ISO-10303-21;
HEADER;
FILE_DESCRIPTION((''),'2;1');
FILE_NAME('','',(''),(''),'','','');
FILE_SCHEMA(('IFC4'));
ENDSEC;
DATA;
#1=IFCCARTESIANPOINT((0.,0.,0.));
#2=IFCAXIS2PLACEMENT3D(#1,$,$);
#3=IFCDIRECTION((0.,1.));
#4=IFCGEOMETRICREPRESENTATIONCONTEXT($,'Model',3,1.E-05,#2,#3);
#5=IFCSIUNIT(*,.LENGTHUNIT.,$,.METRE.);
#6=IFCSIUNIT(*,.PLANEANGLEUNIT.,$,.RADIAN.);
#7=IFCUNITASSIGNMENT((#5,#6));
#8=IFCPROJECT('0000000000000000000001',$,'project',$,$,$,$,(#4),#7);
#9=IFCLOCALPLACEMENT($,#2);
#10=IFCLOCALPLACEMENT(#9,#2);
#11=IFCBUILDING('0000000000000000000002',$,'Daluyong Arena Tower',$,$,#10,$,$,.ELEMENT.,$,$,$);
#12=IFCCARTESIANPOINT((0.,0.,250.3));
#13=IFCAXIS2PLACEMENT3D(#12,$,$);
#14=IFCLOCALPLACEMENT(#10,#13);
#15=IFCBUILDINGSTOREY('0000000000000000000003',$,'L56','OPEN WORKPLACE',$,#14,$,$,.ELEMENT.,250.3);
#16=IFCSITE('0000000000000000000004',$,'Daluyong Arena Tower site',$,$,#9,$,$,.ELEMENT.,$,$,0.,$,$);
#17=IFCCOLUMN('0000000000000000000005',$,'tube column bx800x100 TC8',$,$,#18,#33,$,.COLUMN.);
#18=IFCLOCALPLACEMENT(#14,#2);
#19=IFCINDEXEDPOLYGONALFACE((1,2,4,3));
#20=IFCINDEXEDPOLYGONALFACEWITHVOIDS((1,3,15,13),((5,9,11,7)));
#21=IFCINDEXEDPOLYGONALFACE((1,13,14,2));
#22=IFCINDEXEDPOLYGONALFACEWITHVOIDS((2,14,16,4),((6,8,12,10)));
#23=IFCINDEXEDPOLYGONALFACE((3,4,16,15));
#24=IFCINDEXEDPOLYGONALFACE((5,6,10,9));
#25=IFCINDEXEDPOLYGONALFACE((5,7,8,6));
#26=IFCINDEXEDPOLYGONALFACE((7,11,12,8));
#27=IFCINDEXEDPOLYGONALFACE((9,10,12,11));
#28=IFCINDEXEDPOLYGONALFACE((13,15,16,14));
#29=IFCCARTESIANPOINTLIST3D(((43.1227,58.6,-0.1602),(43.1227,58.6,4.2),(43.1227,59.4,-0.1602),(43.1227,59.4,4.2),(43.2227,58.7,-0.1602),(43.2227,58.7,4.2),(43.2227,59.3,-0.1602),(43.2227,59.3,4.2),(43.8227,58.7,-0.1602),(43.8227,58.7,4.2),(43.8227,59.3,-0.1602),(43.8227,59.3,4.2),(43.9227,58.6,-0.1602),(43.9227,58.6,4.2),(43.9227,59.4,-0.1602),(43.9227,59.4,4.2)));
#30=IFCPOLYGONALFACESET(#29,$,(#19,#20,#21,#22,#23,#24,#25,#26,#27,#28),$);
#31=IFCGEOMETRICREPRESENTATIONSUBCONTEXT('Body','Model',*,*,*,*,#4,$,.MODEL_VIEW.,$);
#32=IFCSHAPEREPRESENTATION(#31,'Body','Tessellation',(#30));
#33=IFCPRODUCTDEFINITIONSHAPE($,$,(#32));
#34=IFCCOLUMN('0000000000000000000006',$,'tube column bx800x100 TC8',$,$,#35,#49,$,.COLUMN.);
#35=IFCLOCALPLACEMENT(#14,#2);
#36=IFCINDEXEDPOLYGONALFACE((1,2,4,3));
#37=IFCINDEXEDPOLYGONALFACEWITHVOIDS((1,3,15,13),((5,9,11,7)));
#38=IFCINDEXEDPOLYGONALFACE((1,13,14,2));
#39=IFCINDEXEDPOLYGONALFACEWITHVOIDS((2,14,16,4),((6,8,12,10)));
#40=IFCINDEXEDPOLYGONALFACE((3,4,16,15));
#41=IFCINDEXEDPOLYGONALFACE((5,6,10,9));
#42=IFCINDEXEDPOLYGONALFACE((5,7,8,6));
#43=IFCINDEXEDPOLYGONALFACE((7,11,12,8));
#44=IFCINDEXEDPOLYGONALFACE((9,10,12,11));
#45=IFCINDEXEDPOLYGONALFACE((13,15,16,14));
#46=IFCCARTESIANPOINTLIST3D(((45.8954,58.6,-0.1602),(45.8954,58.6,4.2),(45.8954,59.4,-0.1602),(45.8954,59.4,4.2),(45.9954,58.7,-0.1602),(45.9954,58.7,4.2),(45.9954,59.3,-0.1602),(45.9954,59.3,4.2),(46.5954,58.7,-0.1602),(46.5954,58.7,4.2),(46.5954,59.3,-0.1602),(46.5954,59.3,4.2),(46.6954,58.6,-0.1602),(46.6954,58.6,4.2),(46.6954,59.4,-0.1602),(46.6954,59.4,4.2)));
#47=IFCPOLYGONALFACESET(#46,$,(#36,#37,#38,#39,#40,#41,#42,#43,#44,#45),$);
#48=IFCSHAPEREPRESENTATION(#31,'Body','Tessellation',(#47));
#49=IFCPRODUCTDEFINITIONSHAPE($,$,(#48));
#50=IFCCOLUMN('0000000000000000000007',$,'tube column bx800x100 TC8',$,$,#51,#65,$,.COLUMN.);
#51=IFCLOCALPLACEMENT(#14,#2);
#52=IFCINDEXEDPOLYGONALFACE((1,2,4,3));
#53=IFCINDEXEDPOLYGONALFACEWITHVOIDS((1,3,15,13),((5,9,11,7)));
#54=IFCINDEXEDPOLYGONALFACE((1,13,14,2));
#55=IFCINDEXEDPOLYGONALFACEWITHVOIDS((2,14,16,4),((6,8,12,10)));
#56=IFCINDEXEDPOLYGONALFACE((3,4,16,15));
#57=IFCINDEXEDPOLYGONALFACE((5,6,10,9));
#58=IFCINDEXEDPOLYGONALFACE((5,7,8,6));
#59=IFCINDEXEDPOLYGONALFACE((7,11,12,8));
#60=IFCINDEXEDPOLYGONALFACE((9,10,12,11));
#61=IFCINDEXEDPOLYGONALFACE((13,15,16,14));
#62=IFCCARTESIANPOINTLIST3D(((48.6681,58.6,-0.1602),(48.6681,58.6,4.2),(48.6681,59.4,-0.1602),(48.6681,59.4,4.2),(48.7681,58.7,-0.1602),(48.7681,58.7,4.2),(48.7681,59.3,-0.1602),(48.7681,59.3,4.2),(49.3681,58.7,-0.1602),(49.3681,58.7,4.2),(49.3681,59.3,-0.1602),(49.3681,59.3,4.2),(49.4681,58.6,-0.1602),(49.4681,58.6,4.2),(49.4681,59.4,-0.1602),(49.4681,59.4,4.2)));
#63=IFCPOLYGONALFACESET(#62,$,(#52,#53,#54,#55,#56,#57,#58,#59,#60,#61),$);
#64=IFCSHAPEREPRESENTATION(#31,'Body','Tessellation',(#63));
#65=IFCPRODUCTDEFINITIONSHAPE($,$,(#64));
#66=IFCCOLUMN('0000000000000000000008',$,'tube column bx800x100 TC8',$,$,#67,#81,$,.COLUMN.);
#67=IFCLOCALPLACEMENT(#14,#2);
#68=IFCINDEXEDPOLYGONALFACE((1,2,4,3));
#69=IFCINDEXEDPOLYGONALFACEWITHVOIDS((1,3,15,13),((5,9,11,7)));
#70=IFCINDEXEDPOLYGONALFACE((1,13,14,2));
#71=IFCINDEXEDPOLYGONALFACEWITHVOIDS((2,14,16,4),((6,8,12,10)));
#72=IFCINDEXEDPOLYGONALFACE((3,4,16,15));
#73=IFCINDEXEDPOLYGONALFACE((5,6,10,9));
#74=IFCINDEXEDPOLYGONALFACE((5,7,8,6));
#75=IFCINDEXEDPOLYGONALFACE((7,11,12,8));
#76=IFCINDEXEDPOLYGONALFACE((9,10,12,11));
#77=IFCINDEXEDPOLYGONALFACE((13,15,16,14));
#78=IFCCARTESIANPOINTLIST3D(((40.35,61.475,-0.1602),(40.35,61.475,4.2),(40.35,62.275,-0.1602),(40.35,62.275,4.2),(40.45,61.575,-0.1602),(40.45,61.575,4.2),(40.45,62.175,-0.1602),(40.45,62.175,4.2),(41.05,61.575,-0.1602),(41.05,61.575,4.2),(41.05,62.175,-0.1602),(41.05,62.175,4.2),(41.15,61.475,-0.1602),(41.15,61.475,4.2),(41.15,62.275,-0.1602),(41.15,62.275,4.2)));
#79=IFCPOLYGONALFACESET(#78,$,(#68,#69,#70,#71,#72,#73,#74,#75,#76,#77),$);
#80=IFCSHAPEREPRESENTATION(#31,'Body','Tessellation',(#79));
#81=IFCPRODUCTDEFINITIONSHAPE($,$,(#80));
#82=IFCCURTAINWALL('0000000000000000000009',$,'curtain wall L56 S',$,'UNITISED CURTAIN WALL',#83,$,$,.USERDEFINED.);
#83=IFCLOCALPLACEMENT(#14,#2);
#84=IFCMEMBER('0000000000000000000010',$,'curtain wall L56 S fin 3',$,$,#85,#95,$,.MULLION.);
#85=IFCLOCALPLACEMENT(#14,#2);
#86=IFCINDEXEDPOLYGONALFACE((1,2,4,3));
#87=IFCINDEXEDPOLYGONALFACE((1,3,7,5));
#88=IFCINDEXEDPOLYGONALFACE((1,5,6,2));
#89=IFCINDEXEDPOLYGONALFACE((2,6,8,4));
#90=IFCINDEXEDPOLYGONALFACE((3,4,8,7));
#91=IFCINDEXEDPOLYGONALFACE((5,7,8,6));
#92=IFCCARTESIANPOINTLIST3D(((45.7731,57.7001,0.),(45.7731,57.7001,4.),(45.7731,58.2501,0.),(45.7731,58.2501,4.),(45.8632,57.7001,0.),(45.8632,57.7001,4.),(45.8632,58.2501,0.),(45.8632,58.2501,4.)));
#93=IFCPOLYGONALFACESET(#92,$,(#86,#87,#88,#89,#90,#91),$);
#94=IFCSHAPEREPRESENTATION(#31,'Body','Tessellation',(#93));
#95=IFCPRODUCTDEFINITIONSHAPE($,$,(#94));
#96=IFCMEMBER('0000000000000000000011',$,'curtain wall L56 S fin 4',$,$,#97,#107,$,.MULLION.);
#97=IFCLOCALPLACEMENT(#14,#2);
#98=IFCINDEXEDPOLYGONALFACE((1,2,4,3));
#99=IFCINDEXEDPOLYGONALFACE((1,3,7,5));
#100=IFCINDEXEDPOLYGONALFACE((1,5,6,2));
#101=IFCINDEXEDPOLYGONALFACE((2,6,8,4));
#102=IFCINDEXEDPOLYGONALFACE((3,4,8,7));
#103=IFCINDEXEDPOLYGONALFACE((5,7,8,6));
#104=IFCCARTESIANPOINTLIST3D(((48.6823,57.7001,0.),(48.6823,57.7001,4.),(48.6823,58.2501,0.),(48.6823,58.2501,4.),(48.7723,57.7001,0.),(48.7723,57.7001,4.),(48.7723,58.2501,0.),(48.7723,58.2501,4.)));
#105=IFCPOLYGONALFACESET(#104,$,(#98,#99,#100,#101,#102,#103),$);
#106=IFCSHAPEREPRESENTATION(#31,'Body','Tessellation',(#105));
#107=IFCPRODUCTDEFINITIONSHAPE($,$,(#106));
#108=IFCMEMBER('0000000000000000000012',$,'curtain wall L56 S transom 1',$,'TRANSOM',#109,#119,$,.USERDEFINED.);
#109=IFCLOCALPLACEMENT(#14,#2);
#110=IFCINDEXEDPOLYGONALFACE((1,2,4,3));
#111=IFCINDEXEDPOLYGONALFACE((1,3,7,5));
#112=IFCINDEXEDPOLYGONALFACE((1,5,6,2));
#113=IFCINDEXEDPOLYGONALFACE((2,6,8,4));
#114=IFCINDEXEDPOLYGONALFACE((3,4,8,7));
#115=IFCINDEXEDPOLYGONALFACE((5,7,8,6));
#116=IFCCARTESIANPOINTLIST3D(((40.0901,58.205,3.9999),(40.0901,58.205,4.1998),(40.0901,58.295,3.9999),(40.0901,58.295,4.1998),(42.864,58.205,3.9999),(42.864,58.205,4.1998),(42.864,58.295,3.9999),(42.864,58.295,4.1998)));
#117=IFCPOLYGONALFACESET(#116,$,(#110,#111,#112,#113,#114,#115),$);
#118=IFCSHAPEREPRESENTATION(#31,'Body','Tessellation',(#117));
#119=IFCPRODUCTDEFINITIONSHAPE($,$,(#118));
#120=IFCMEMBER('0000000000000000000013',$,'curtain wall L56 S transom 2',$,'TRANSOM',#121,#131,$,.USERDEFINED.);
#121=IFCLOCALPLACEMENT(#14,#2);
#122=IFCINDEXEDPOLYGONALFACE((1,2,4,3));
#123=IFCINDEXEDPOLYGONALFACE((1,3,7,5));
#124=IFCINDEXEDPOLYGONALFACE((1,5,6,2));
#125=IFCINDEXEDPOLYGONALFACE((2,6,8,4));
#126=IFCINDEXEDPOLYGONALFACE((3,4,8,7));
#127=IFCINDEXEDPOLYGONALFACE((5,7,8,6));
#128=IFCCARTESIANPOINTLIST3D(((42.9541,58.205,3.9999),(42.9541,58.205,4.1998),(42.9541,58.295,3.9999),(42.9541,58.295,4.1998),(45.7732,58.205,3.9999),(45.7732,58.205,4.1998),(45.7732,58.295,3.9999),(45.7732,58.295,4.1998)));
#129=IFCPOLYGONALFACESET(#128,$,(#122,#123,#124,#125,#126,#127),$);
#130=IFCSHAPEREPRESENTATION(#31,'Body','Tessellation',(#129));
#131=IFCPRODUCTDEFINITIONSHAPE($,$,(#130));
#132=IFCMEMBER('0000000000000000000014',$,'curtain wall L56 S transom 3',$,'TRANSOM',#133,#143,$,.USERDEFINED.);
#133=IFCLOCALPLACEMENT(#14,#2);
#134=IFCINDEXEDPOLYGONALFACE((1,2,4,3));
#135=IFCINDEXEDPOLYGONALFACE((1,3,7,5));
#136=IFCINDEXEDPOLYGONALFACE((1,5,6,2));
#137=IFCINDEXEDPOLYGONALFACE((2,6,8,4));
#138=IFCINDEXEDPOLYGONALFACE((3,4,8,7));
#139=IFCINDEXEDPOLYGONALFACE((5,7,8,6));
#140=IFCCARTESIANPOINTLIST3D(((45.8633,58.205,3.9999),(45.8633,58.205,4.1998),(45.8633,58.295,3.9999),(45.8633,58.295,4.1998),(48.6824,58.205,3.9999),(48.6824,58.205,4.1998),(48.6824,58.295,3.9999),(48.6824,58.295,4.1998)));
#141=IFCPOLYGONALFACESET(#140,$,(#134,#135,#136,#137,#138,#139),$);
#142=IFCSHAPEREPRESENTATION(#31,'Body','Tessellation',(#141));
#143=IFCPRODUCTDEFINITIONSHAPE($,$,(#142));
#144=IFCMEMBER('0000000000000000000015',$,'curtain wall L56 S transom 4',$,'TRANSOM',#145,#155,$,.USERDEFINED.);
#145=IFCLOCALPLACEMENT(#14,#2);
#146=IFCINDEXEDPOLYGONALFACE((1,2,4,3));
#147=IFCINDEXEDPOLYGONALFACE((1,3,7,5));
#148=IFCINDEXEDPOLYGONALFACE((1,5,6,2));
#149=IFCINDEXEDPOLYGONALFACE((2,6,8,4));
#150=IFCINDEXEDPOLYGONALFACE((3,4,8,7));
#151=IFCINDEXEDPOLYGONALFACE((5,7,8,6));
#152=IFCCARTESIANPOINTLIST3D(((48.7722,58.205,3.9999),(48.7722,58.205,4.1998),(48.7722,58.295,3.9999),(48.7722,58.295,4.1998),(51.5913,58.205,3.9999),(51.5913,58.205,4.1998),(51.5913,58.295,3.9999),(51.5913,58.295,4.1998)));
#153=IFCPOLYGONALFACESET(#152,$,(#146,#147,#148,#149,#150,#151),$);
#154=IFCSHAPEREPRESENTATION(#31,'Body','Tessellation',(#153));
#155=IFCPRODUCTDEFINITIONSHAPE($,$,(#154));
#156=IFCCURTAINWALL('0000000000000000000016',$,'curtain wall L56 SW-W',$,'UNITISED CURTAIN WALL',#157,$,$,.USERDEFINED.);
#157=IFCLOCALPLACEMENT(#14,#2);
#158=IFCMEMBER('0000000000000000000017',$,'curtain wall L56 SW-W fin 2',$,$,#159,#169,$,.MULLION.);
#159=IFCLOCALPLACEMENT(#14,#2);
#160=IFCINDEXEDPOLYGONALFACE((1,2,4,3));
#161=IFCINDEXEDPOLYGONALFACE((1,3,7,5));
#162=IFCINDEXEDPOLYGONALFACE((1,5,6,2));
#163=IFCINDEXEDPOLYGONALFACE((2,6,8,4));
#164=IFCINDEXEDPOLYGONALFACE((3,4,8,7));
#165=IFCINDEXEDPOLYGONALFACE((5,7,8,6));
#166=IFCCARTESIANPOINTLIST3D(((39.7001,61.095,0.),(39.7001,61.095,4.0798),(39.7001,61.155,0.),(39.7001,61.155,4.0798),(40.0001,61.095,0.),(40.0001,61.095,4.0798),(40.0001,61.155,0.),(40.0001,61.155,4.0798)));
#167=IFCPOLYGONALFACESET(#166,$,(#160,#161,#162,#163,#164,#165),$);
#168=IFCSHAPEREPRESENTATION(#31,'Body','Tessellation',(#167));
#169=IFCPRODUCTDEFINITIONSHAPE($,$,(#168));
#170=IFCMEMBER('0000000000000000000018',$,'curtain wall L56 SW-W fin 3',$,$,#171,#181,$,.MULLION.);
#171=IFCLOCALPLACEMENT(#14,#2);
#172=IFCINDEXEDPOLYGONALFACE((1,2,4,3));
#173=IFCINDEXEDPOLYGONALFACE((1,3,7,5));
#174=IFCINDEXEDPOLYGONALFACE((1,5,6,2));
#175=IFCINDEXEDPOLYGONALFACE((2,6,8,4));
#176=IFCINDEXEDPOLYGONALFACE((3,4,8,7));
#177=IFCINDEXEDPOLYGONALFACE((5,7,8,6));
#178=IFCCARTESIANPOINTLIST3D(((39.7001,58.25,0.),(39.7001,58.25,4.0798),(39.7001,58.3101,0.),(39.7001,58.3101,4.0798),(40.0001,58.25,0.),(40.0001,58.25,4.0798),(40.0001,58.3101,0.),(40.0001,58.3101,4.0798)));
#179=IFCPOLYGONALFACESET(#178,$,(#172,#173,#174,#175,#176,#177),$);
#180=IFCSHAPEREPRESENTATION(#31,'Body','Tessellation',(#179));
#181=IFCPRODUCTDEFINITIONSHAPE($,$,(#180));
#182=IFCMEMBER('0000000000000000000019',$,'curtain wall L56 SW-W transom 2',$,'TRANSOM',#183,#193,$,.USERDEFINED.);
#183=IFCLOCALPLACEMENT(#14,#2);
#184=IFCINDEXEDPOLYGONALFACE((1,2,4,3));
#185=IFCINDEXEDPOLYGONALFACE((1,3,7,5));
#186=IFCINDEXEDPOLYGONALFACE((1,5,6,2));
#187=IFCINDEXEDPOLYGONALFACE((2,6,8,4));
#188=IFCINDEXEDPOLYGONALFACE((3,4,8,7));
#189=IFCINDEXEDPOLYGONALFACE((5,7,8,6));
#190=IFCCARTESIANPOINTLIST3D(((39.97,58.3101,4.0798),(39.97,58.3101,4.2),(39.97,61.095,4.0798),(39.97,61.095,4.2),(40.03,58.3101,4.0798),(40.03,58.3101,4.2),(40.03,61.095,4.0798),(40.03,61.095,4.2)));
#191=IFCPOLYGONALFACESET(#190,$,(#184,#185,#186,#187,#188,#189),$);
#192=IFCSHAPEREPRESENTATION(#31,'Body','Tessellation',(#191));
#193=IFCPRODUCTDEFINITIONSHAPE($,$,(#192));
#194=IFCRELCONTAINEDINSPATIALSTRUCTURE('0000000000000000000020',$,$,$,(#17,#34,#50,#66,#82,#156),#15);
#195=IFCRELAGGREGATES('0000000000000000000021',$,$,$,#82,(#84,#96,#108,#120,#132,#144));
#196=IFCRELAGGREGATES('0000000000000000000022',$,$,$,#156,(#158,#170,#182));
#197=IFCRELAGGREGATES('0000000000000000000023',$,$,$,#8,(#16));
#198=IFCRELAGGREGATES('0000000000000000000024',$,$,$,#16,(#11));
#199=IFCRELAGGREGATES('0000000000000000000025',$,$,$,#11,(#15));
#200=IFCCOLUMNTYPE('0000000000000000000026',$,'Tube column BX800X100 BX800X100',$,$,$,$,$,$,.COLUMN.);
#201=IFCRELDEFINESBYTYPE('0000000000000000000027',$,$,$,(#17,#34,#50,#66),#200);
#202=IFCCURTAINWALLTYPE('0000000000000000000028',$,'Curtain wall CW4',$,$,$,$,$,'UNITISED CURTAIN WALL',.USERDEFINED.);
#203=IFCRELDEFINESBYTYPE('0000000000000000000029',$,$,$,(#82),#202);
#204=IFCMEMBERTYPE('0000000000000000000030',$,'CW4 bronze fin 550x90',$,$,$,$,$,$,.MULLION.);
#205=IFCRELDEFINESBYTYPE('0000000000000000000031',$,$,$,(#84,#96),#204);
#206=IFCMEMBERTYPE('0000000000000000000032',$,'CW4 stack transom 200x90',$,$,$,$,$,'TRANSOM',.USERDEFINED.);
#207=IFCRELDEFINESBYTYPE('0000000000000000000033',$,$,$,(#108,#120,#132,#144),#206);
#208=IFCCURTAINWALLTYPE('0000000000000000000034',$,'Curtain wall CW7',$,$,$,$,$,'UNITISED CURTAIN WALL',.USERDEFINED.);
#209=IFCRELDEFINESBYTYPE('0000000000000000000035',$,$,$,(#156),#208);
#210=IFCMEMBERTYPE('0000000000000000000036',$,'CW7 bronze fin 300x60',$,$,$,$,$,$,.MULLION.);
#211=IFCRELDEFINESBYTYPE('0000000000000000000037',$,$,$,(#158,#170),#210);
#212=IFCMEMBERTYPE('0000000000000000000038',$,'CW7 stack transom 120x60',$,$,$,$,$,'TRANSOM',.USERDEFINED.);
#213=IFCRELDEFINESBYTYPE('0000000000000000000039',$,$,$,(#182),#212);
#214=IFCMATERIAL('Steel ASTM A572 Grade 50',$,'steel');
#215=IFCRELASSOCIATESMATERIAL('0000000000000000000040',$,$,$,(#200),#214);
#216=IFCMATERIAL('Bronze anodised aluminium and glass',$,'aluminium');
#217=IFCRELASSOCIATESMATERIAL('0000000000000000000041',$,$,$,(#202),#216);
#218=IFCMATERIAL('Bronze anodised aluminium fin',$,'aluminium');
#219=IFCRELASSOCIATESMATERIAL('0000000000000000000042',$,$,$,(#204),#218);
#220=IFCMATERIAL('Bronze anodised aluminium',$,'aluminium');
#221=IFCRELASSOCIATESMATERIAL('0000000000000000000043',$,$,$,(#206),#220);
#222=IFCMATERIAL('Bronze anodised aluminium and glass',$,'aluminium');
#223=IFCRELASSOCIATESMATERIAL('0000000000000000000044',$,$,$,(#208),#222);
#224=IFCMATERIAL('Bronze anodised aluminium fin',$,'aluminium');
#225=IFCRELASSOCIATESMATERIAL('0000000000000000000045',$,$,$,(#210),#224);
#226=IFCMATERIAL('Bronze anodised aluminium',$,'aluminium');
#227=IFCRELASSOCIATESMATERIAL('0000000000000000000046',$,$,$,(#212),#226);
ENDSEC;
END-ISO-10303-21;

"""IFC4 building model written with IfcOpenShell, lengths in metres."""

from ifc_helpers import new_model, si_unit, direction, frame, origin, origin_2d, place, context, subcontext, project, spatial, rectangle, hollow_rectangle, extrude, material, material_profile, profile_set, type_object, element, aggregate, save


model = new_model("IFC4")

# Units and contexts
model_context = context("Model", 3, precision=1e-05, world=origin(), true_north=direction((0.0, 1.0)))
body_context = subcontext(model_context, "Body", "Model", "MODEL_VIEW")
ifc_project = project(units=[si_unit("LENGTHUNIT", "METRE"), si_unit("PLANEANGLEUNIT", "RADIAN")], contexts=[model_context])

# Site, building, storey
site_placement = place(None, origin())
site = spatial("IfcSite", under=ifc_project, at=site_placement, Name="Daluyong Arena Tower site", CompositionType="ELEMENT", RefElevation=0.0)
building_placement = place(site_placement, origin())
building = spatial("IfcBuilding", under=site, at=building_placement, Name="Daluyong Arena Tower", CompositionType="ELEMENT")
storey_placement = place(building_placement, frame((0.0, 0.0, 250.3)))
storey = spatial("IfcBuildingStorey", under=building, at=storey_placement, Name="L56", Description="OPEN WORKPLACE", CompositionType="ELEMENT", Elevation=250.3)

# Columns
ifc_material_1 = material(Name="Steel ASTM A572 Grade 50", Category="steel")
ifc_material_profile_1 = material_profile(ifc_material_1, hollow_rectangle(XDim=0.8, YDim=0.8, WallThickness=0.1, at=origin_2d()))
ifc_profile_set_1 = profile_set([ifc_material_profile_1], Name="Steel ASTM A572 Grade 50")
column_type_1 = type_object("IfcColumnType", Name="Tube column BX800X100 BX800X100", PredefinedType="COLUMN", material=ifc_profile_set_1)
for number, where, z_axis, x_axis, name in (
    (1, (43.5227, 59.0, -0.1602), (0.0, 0.0, 1.0), (1.0, 0.0, 0.0), "tube column bx800x100 TC8"),
    (2, (46.2954, 59.0, -0.1602), (0.0, 0.0, 1.0), (1.0, 0.0, 0.0), "tube column bx800x100 TC8"),
    (3, (49.0681, 59.0, -0.1602), (0.0, 0.0, 1.0), (1.0, 0.0, 0.0), "tube column bx800x100 TC8"),
    (4, (40.75, 61.875, -0.1602), (0.0, 0.0, 1.0), (0.0, 1.0, 0.0), "tube column bx800x100 TC8"),
):
    element("IfcColumn", number, at=place(storey_placement, frame(where, z_axis=z_axis, x_axis=x_axis)), inside=storey, type_object=column_type_1, Name=name, PredefinedType="COLUMN", context=body_context, shape_type="SweptSolid", body=[
        extrude(hollow_rectangle(XDim=0.8, YDim=0.8, WallThickness=0.1, at=origin_2d()), origin(), (0.0, 0.0, 1.0), 4.3601),
    ])

# Curtain walls, members
ifc_material_2 = material(Name="Bronze anodised aluminium and glass", Category="aluminium")
curtain_wall_type_1 = type_object("IfcCurtainWallType", Name="Curtain wall CW4", ElementType="UNITISED CURTAIN WALL", PredefinedType="USERDEFINED", material=ifc_material_2)
curtain_wall_1_placement = place(storey_placement, origin())
curtain_wall_1 = element("IfcCurtainWall", 5, at=curtain_wall_1_placement, inside=storey, type_object=curtain_wall_type_1, Name="curtain wall L56 S", ObjectType="UNITISED CURTAIN WALL", PredefinedType="USERDEFINED")
ifc_material_3 = material(Name="Bronze anodised aluminium fin", Category="aluminium")
ifc_material_profile_2 = material_profile(ifc_material_3, rectangle(XDim=0.55, YDim=0.0901, at=origin_2d()))
ifc_profile_set_2 = profile_set([ifc_material_profile_2], Name="Bronze anodised aluminium fin")
member_type_1 = type_object("IfcMemberType", Name="CW4 bronze fin 550x90", PredefinedType="MULLION", material=ifc_profile_set_2)
member_1_placement = place(storey_placement, frame((45.8181, 57.9751, 0.0), z_axis=(0.0, 0.0, 1.0), x_axis=(0.0, 1.0, 0.0)))
member_1 = element("IfcMember", 6, at=member_1_placement, type_object=member_type_1, Name="curtain wall L56 S fin 3", PredefinedType="MULLION", context=body_context, shape_type="SweptSolid", body=[
    extrude(rectangle(XDim=0.55, YDim=0.0901, at=origin_2d()), origin(), (0.0, 0.0, 1.0), 4.0),
])
member_2_placement = place(storey_placement, frame((48.7273, 57.9751, 0.0), z_axis=(0.0, 0.0, 1.0), x_axis=(0.0, 1.0, 0.0)))
member_2 = element("IfcMember", 7, at=member_2_placement, type_object=member_type_1, Name="curtain wall L56 S fin 4", PredefinedType="MULLION", context=body_context, shape_type="SweptSolid", body=[
    extrude(rectangle(XDim=0.55, YDim=0.0901, at=origin_2d()), origin(), (0.0, 0.0, 1.0), 4.0),
])
ifc_material_4 = material(Name="Bronze anodised aluminium", Category="aluminium")
ifc_material_profile_3 = material_profile(ifc_material_4, rectangle(XDim=0.0901, YDim=0.2, at=origin_2d()))
ifc_profile_set_3 = profile_set([ifc_material_profile_3], Name="Bronze anodised aluminium")
member_type_2 = type_object("IfcMemberType", Name="CW4 stack transom 200x90", ElementType="TRANSOM", PredefinedType="USERDEFINED", material=ifc_profile_set_3)
member_3_placement = place(storey_placement, frame((40.0901, 58.25, 4.0999), z_axis=(1.0, 0.0, 0.0), x_axis=(0.0, 1.0, 0.0)))
member_3 = element("IfcMember", 8, at=member_3_placement, type_object=member_type_2, Name="curtain wall L56 S transom 1", ObjectType="TRANSOM", PredefinedType="USERDEFINED", context=body_context, shape_type="SweptSolid", body=[
    extrude(rectangle(XDim=0.0901, YDim=0.2, at=origin_2d()), origin(), (0.0, 0.0, 1.0), 2.7739),
])
member_4_placement = place(storey_placement, frame((42.9541, 58.25, 4.0999), z_axis=(1.0, 0.0, 0.0), x_axis=(0.0, 1.0, 0.0)))
member_4 = element("IfcMember", 9, at=member_4_placement, type_object=member_type_2, Name="curtain wall L56 S transom 2", ObjectType="TRANSOM", PredefinedType="USERDEFINED", context=body_context, shape_type="SweptSolid", body=[
    extrude(rectangle(XDim=0.0901, YDim=0.2, at=origin_2d()), origin(), (0.0, 0.0, 1.0), 2.8191),
])
member_5_placement = place(storey_placement, frame((45.8633, 58.25, 4.0999), z_axis=(1.0, 0.0, 0.0), x_axis=(0.0, 1.0, 0.0)))
member_5 = element("IfcMember", 10, at=member_5_placement, type_object=member_type_2, Name="curtain wall L56 S transom 3", ObjectType="TRANSOM", PredefinedType="USERDEFINED", context=body_context, shape_type="SweptSolid", body=[
    extrude(rectangle(XDim=0.0901, YDim=0.2, at=origin_2d()), origin(), (0.0, 0.0, 1.0), 2.8191),
])
member_6_placement = place(storey_placement, frame((48.7722, 58.25, 4.0999), z_axis=(1.0, 0.0, 0.0), x_axis=(0.0, 1.0, 0.0)))
member_6 = element("IfcMember", 11, at=member_6_placement, type_object=member_type_2, Name="curtain wall L56 S transom 4", ObjectType="TRANSOM", PredefinedType="USERDEFINED", context=body_context, shape_type="SweptSolid", body=[
    extrude(rectangle(XDim=0.0901, YDim=0.2, at=origin_2d()), origin(), (0.0, 0.0, 1.0), 2.8191),
])
ifc_material_5 = material(Name="Bronze anodised aluminium and glass", Category="aluminium")
curtain_wall_type_2 = type_object("IfcCurtainWallType", Name="Curtain wall CW7", ElementType="UNITISED CURTAIN WALL", PredefinedType="USERDEFINED", material=ifc_material_5)
curtain_wall_2_placement = place(storey_placement, origin())
curtain_wall_2 = element("IfcCurtainWall", 12, at=curtain_wall_2_placement, inside=storey, type_object=curtain_wall_type_2, Name="curtain wall L56 SW-W", ObjectType="UNITISED CURTAIN WALL", PredefinedType="USERDEFINED")
ifc_material_6 = material(Name="Bronze anodised aluminium fin", Category="aluminium")
ifc_material_profile_4 = material_profile(ifc_material_6, rectangle(XDim=0.3, YDim=0.0601, at=origin_2d()))
ifc_profile_set_4 = profile_set([ifc_material_profile_4], Name="Bronze anodised aluminium fin")
member_type_3 = type_object("IfcMemberType", Name="CW7 bronze fin 300x60", PredefinedType="MULLION", material=ifc_profile_set_4)
member_7_placement = place(storey_placement, frame((39.8501, 61.125, 0.0), z_axis=(0.0, 0.0, 1.0), x_axis=(1.0, 0.0, 0.0)))
member_7 = element("IfcMember", 13, at=member_7_placement, type_object=member_type_3, Name="curtain wall L56 SW-W fin 2", PredefinedType="MULLION", context=body_context, shape_type="SweptSolid", body=[
    extrude(rectangle(XDim=0.3, YDim=0.0601, at=origin_2d()), origin(), (0.0, 0.0, 1.0), 4.0798),
])
member_8_placement = place(storey_placement, frame((39.8501, 58.28, 0.0), z_axis=(0.0, 0.0, 1.0), x_axis=(1.0, 0.0, 0.0)))
member_8 = element("IfcMember", 14, at=member_8_placement, type_object=member_type_3, Name="curtain wall L56 SW-W fin 3", PredefinedType="MULLION", context=body_context, shape_type="SweptSolid", body=[
    extrude(rectangle(XDim=0.3, YDim=0.0601, at=origin_2d()), origin(), (0.0, 0.0, 1.0), 4.0798),
])
ifc_material_7 = material(Name="Bronze anodised aluminium", Category="aluminium")
ifc_material_profile_5 = material_profile(ifc_material_7, rectangle(XDim=0.0601, YDim=0.1201, at=origin_2d()))
ifc_profile_set_5 = profile_set([ifc_material_profile_5], Name="Bronze anodised aluminium")
member_type_4 = type_object("IfcMemberType", Name="CW7 stack transom 120x60", ElementType="TRANSOM", PredefinedType="USERDEFINED", material=ifc_profile_set_5)
member_9_placement = place(storey_placement, frame((40.0, 61.095, 4.1399), z_axis=(0.0, -1.0, 0.0), x_axis=(1.0, 0.0, 0.0)))
member_9 = element("IfcMember", 15, at=member_9_placement, type_object=member_type_4, Name="curtain wall L56 SW-W transom 2", ObjectType="TRANSOM", PredefinedType="USERDEFINED", context=body_context, shape_type="SweptSolid", body=[
    extrude(rectangle(XDim=0.0601, YDim=0.1201, at=origin_2d()), origin(), (0.0, 0.0, 1.0), 2.7849),
])

aggregate(curtain_wall_1, [member_1, member_2, member_3, member_4, member_5, member_6])
aggregate(curtain_wall_2, [member_7, member_8, member_9])

save(model, "model.ifc")
